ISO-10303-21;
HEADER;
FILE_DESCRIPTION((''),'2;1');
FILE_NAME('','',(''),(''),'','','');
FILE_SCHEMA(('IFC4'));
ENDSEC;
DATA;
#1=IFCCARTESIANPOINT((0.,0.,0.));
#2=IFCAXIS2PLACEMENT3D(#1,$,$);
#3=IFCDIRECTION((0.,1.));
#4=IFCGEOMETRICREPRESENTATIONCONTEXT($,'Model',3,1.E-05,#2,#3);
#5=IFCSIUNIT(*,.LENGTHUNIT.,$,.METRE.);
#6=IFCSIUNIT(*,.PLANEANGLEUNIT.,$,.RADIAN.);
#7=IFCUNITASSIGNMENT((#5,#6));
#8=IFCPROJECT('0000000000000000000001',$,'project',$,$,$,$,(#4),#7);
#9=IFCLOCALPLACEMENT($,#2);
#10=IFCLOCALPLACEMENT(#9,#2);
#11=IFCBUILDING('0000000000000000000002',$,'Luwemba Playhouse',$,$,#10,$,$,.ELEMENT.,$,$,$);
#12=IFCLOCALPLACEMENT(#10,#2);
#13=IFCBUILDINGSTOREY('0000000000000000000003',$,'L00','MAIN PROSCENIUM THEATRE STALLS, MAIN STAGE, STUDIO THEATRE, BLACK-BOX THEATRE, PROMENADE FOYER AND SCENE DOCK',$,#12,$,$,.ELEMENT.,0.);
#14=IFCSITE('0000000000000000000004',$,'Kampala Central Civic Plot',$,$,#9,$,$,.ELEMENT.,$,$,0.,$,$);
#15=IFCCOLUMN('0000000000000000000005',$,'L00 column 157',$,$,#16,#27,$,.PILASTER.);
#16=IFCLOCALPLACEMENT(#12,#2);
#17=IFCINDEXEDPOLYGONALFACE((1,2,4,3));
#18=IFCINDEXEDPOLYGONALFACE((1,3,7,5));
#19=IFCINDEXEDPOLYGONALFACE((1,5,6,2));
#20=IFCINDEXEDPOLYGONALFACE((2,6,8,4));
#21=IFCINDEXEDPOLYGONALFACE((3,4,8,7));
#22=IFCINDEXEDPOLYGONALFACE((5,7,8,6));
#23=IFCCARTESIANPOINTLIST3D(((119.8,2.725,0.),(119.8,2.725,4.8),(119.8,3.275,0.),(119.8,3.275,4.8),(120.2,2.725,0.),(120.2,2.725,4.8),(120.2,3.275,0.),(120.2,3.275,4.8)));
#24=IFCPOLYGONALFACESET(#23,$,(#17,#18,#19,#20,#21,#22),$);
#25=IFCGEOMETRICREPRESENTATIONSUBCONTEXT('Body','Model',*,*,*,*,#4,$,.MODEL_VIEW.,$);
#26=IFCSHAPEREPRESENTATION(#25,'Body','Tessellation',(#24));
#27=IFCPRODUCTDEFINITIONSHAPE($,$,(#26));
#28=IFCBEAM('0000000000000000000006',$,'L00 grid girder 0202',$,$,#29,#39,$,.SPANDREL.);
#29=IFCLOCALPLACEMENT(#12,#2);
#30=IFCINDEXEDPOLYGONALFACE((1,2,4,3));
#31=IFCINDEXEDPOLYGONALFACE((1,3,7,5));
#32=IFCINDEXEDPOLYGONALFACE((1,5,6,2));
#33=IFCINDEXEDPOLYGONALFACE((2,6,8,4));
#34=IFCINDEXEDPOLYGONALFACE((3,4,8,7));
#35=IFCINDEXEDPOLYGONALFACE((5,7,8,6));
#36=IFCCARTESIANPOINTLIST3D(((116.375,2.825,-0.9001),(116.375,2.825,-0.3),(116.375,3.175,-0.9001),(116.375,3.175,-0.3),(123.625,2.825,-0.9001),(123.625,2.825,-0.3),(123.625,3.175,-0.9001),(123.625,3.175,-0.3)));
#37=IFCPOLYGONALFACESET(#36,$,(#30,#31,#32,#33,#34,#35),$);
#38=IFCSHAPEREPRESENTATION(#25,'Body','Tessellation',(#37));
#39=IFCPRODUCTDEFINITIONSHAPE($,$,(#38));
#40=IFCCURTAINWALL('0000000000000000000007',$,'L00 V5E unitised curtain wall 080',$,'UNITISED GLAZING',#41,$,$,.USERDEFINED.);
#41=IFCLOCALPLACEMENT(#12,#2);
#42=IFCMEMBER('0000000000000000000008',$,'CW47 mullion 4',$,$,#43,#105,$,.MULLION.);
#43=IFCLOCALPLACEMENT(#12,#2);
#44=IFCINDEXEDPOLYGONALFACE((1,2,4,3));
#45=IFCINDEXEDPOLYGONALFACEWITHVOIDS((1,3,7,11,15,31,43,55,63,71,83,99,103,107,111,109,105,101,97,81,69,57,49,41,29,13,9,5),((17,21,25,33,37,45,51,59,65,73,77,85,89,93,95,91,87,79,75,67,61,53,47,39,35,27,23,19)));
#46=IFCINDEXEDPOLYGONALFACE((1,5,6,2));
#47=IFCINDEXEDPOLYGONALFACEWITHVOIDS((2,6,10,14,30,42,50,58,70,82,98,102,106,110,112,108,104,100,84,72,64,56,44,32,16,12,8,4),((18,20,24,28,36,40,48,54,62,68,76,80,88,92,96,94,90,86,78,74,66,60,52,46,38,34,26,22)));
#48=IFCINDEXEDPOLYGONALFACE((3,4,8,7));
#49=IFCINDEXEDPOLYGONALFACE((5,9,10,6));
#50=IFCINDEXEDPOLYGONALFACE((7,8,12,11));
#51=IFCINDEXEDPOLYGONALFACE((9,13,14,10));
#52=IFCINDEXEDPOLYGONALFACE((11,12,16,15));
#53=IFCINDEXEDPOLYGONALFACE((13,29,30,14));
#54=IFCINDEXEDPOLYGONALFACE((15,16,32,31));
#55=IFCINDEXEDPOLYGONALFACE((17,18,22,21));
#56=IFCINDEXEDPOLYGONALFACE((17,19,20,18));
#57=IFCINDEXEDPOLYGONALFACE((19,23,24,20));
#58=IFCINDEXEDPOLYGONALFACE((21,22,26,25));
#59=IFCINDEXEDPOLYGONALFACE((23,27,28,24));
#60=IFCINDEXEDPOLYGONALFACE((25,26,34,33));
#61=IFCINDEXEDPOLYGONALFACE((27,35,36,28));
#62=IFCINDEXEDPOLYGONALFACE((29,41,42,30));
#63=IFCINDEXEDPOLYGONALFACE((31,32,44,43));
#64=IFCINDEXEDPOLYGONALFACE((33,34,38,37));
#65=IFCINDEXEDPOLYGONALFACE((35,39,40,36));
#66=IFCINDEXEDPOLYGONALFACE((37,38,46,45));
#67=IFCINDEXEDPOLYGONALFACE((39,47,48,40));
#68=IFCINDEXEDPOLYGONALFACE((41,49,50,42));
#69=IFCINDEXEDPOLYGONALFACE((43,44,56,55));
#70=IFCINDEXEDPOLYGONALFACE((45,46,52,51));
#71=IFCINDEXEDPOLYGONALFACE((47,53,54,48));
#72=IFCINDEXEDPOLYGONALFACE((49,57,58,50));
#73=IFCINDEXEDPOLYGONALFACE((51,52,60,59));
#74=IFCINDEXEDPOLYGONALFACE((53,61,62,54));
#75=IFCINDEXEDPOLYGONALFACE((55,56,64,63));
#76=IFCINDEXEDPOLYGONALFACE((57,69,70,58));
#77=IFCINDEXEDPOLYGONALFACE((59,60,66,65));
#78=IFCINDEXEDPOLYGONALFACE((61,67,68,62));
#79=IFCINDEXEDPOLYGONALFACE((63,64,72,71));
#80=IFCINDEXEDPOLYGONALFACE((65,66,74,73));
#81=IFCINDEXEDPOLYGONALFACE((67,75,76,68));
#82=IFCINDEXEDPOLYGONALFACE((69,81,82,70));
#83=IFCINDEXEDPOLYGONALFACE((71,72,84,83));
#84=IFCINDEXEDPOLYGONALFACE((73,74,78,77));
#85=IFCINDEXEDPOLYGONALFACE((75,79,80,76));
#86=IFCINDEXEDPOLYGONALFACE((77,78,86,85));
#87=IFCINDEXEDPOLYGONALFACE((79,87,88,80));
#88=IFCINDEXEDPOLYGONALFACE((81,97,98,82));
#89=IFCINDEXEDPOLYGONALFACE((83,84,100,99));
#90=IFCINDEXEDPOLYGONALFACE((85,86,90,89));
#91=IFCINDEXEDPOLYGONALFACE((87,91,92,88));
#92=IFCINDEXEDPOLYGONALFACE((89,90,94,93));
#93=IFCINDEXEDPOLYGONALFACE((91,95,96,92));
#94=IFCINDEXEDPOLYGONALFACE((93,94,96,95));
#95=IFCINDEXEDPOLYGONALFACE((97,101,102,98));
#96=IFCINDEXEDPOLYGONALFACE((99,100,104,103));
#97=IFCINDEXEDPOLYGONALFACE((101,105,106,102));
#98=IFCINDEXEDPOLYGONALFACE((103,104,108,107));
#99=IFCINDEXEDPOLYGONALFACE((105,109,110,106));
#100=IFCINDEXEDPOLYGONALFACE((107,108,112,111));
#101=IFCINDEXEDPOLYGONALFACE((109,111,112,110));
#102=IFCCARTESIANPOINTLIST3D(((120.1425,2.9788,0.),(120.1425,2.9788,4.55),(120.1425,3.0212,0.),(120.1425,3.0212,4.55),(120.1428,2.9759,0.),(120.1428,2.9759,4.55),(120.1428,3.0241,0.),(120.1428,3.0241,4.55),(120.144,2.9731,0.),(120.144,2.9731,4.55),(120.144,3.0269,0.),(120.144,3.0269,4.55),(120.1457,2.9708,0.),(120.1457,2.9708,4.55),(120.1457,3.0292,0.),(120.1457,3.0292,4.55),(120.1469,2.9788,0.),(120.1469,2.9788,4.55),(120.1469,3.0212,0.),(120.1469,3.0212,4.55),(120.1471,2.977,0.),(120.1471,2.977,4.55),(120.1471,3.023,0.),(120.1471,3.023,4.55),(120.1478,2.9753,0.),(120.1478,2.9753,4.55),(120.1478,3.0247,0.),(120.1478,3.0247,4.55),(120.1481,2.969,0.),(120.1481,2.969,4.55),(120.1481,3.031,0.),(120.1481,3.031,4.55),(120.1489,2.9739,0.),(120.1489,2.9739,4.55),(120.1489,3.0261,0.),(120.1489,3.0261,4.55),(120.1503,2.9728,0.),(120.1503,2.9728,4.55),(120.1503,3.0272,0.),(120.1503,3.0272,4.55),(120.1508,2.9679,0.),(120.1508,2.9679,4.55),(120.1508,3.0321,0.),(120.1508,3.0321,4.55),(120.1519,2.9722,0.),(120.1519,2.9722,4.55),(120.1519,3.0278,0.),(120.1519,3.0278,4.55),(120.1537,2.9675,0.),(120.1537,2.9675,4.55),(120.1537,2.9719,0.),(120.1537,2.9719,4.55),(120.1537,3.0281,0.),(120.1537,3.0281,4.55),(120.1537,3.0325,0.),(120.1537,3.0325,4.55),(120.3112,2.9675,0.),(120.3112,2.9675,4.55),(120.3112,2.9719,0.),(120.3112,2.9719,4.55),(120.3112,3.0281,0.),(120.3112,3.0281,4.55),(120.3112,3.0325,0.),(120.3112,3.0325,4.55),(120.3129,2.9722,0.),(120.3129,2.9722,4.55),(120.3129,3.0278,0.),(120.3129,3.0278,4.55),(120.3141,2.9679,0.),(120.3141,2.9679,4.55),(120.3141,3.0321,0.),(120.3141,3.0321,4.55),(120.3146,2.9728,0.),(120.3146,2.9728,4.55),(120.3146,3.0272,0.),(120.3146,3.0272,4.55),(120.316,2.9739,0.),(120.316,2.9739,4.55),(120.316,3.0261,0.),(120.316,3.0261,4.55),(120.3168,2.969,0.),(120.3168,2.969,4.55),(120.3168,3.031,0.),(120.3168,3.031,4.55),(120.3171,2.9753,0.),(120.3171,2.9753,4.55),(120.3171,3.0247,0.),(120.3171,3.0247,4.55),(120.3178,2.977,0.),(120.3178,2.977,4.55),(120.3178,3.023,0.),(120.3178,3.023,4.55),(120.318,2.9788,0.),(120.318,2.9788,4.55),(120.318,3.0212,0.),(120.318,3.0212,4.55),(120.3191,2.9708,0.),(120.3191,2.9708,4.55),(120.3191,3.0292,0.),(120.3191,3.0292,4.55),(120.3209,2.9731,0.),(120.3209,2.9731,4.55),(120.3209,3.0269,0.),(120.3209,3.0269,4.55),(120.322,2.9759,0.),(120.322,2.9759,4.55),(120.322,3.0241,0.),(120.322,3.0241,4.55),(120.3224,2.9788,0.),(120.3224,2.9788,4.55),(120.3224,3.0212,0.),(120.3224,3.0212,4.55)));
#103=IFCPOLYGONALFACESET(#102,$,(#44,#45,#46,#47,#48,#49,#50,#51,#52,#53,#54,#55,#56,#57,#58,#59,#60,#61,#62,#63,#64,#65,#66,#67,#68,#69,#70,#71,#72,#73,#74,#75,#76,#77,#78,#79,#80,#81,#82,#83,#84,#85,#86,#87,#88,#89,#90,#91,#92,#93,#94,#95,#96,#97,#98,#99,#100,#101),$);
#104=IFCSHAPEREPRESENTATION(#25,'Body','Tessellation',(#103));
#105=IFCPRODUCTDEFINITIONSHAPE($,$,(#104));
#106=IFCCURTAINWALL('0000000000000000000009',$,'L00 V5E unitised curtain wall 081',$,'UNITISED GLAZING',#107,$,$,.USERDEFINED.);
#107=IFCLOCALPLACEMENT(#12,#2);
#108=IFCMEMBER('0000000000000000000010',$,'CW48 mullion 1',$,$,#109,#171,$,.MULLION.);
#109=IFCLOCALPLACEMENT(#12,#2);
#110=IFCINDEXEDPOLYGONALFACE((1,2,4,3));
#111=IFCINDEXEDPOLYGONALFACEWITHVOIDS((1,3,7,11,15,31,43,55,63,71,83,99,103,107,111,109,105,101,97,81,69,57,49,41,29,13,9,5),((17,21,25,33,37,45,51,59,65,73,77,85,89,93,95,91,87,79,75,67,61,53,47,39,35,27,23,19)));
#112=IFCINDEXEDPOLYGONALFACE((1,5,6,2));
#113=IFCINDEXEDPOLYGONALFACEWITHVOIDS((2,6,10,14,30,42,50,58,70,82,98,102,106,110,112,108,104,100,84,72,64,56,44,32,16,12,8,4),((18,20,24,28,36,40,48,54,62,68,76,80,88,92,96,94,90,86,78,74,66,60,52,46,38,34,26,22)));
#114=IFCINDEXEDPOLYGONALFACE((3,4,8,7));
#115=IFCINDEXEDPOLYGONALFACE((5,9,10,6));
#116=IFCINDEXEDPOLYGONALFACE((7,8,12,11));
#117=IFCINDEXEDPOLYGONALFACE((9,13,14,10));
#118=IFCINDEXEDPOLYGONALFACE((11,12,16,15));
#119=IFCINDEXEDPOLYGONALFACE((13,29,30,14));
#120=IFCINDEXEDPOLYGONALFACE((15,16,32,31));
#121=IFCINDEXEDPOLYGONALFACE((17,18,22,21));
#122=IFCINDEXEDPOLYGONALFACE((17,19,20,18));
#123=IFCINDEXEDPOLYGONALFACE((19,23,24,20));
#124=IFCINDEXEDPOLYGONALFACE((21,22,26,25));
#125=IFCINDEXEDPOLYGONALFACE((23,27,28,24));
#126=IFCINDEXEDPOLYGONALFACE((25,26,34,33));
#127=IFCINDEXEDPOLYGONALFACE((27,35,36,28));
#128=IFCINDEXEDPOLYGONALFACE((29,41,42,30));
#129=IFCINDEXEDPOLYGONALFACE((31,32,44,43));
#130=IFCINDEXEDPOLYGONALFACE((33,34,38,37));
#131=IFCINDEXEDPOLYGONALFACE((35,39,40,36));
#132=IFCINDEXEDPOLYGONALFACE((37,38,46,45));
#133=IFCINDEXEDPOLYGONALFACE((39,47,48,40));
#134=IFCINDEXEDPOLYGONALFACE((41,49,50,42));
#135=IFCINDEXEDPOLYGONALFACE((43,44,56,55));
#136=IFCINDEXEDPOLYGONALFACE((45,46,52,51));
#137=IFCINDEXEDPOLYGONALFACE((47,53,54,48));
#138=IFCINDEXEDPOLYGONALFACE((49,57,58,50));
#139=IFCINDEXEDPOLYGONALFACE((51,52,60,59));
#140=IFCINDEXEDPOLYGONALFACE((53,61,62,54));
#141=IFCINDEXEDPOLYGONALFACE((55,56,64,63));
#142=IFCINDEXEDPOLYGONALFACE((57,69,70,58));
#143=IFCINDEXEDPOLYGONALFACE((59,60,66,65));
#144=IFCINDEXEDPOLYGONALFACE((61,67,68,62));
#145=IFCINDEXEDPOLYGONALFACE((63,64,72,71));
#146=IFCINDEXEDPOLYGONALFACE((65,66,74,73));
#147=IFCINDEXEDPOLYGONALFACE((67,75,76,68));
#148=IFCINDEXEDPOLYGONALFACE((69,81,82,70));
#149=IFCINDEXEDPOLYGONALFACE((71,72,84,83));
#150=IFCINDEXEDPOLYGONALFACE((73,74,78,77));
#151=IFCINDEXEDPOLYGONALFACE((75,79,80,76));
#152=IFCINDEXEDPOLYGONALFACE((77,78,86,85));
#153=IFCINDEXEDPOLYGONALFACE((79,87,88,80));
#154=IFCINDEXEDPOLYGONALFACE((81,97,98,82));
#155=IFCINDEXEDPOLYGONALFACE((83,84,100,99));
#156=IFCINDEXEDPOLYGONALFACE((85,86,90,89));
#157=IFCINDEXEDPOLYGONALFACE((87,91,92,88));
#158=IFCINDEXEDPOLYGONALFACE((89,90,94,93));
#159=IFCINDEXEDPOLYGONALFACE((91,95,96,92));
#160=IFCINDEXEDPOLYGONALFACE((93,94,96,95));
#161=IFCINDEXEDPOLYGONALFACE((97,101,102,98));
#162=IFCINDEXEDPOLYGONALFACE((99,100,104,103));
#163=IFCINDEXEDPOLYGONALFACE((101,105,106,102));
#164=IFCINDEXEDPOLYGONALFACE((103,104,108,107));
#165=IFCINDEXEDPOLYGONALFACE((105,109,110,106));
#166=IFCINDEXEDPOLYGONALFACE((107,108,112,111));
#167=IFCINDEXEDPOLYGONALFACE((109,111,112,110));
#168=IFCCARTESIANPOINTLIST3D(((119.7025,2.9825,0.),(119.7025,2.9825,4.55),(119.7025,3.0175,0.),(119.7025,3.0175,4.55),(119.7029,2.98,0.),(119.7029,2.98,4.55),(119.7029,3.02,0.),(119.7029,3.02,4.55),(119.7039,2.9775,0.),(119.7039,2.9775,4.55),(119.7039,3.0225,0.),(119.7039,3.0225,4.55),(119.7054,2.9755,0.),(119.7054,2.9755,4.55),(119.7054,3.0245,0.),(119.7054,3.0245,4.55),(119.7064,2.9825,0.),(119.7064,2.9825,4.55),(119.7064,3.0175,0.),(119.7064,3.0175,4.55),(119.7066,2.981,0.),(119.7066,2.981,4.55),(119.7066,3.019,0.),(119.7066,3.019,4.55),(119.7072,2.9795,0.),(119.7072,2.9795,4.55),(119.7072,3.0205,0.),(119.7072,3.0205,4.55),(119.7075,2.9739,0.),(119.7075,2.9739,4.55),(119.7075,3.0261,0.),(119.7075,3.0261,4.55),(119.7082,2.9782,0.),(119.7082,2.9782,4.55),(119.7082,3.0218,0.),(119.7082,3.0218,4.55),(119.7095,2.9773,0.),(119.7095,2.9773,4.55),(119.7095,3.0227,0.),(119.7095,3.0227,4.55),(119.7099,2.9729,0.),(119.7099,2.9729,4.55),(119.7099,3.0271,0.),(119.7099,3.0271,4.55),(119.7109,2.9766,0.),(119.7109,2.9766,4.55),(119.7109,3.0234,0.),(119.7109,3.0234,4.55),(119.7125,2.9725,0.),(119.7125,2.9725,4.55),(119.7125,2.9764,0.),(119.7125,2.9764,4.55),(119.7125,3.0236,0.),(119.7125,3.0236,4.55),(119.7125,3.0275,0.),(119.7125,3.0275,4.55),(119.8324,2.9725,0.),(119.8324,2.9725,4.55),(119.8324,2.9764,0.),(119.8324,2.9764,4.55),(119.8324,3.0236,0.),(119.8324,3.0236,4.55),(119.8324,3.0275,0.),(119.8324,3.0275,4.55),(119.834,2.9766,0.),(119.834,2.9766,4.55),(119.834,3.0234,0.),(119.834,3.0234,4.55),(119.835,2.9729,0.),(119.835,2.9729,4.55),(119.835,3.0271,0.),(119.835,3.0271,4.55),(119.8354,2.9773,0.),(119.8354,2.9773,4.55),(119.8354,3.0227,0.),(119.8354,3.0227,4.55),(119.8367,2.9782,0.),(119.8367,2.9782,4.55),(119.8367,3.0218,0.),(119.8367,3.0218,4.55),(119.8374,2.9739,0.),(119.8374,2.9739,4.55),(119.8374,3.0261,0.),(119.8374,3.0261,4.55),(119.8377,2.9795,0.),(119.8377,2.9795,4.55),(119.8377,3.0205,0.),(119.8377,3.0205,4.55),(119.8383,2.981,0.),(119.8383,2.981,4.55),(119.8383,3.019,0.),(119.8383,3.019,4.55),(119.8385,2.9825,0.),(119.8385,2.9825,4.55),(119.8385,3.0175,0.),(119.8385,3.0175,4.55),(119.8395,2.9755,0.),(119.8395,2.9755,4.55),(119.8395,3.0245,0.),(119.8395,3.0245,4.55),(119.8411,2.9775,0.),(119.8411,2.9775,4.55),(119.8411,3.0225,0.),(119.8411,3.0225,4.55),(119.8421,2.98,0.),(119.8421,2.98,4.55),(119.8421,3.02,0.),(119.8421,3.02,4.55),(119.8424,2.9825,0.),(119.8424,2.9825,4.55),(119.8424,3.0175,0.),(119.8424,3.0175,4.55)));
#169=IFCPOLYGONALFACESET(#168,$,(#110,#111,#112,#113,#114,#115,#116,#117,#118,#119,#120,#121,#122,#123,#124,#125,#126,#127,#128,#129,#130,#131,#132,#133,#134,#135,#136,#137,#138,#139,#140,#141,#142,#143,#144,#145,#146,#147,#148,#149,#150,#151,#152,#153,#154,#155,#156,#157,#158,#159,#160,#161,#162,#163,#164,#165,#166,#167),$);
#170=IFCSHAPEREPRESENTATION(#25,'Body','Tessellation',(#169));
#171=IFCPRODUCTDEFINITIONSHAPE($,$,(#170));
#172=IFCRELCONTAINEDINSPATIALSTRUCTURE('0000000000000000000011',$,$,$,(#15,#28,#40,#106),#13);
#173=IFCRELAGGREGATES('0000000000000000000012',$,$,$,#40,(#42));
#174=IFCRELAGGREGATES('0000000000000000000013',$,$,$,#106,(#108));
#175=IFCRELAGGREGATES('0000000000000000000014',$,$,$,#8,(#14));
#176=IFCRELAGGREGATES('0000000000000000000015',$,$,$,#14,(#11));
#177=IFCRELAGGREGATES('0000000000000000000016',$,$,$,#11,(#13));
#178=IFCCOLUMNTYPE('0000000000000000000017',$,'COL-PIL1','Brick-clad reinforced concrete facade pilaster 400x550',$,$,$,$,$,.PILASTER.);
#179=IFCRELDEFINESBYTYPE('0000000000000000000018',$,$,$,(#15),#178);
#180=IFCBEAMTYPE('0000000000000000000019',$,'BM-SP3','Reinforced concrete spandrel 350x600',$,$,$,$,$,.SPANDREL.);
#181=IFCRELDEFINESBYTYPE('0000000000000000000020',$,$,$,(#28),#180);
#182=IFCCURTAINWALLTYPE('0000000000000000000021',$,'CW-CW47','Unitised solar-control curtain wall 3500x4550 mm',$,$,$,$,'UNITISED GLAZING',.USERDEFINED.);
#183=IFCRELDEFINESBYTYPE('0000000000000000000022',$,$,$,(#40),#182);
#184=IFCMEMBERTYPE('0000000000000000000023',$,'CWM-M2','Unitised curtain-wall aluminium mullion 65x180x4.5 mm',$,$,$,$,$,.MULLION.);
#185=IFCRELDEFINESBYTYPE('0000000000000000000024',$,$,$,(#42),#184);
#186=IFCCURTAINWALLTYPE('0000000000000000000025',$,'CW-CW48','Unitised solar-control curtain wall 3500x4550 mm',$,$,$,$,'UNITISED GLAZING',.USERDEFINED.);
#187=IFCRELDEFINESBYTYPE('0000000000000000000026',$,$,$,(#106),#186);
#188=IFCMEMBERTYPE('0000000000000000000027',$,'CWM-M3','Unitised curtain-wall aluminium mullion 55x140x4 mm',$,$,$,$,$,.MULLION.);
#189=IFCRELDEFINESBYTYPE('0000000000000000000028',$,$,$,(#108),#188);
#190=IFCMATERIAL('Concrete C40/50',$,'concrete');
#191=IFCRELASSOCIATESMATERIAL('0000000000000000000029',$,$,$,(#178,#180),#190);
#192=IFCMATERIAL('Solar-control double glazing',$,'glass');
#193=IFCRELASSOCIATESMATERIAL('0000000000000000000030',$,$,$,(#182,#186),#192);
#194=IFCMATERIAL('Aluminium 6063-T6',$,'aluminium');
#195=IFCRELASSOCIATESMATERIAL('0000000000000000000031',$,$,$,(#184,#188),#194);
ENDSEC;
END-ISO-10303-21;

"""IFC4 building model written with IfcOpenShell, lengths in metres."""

from ifc_helpers import new_model, si_unit, direction, frame, origin, origin_2d, place, context, subcontext, project, spatial, rectangle, hollow_rectangle, extrude, material, material_profile, profile_set, type_object, element, aggregate, save


model = new_model("IFC4")

# Units and contexts
model_context = context("Model", 3, precision=1e-05, world=origin(), true_north=direction((0.0, 1.0)))
body_context = subcontext(model_context, "Body", "Model", "MODEL_VIEW")
ifc_project = project(units=[si_unit("LENGTHUNIT", "METRE"), si_unit("PLANEANGLEUNIT", "RADIAN")], contexts=[model_context])

# Site, building, storey
site_placement = place(None, origin())
site = spatial("IfcSite", under=ifc_project, at=site_placement, Name="Kampala Central Civic Plot", CompositionType="ELEMENT", RefElevation=0.0)
building_placement = place(site_placement, origin())
building = spatial("IfcBuilding", under=site, at=building_placement, Name="Luwemba Playhouse", CompositionType="ELEMENT")
storey_placement = place(building_placement, origin())
storey = spatial("IfcBuildingStorey", under=building, at=storey_placement, Name="L00", Description="MAIN PROSCENIUM THEATRE STALLS, MAIN STAGE, STUDIO THEATRE, BLACK-BOX THEATRE, PROMENADE FOYER AND SCENE DOCK", CompositionType="ELEMENT", Elevation=0.0)

# Column
ifc_material_1 = material(Name="Concrete C40/50", Category="concrete")
ifc_material_profile_1 = material_profile(ifc_material_1, rectangle(XDim=0.3999, YDim=0.55, at=origin_2d()))
ifc_profile_set_1 = profile_set([ifc_material_profile_1], Name="Concrete C40/50")
column_type = type_object("IfcColumnType", Name="COL-PIL1", Description="Brick-clad reinforced concrete facade pilaster 400x550", PredefinedType="PILASTER", material=ifc_profile_set_1)
column_placement = place(storey_placement, frame((120.0, 3.0, 0.0), z_axis=(0.0, 0.0, 1.0), x_axis=(1.0, 0.0, 0.0)))
element("IfcColumn", 1, at=column_placement, inside=storey, type_object=column_type, Name="L00 column 157", PredefinedType="PILASTER", context=body_context, shape_type="SweptSolid", body=[
    extrude(rectangle(XDim=0.3999, YDim=0.55, at=origin_2d()), origin(), (0.0, 0.0, 1.0), 4.8),
])

# Beam
ifc_material_profile_2 = material_profile(ifc_material_1, rectangle(XDim=0.3501, YDim=0.6001, at=origin_2d()))
ifc_profile_set_2 = profile_set([ifc_material_profile_2], Name="Concrete C40/50")
beam_type = type_object("IfcBeamType", Name="BM-SP3", Description="Reinforced concrete spandrel 350x600", PredefinedType="SPANDREL", material=ifc_profile_set_2)
beam_placement = place(storey_placement, frame((116.375, 3.0, -0.6001), z_axis=(1.0, 0.0, 0.0), x_axis=(0.0, 1.0, 0.0)))
element("IfcBeam", 2, at=beam_placement, inside=storey, type_object=beam_type, Name="L00 grid girder 0202", PredefinedType="SPANDREL", context=body_context, shape_type="SweptSolid", body=[
    extrude(rectangle(XDim=0.3501, YDim=0.6001, at=origin_2d()), origin(), (0.0, 0.0, 1.0), 7.25),
])

# Curtain wall, member
ifc_material_2 = material(Name="Solar-control double glazing", Category="glass")
curtain_wall_type_1 = type_object("IfcCurtainWallType", Name="CW-CW47", Description="Unitised solar-control curtain wall 3500x4550 mm", ElementType="UNITISED GLAZING", PredefinedType="USERDEFINED", material=ifc_material_2)
curtain_wall_1_placement = place(storey_placement, origin())
curtain_wall_1 = element("IfcCurtainWall", 3, at=curtain_wall_1_placement, inside=storey, type_object=curtain_wall_type_1, Name="L00 V5E unitised curtain wall 080", ObjectType="UNITISED GLAZING", PredefinedType="USERDEFINED")
ifc_material_3 = material(Name="Aluminium 6063-T6", Category="aluminium")
ifc_material_profile_3 = material_profile(ifc_material_3, hollow_rectangle(XDim=0.0649, YDim=0.1799, WallThickness=0.0044, InnerFilletRadius=0.0068, OuterFilletRadius=0.0112, at=origin_2d()))
ifc_profile_set_3 = profile_set([ifc_material_profile_3], Name="Aluminium 6063-T6")
member_type_1 = type_object("IfcMemberType", Name="CWM-M2", Description="Unitised curtain-wall aluminium mullion 65x180x4.5 mm", PredefinedType="MULLION", material=ifc_profile_set_3)
member_1_placement = place(storey_placement, frame((120.2324, 3.0, 0.0), z_axis=(0.0, 0.0, 1.0), x_axis=(0.0, -1.0, 0.0)))
member_1 = element("IfcMember", 4, at=member_1_placement, type_object=member_type_1, Name="CW47 mullion 4", PredefinedType="MULLION", context=body_context, shape_type="SweptSolid", body=[
    extrude(hollow_rectangle(XDim=0.0649, YDim=0.1799, WallThickness=0.0044, InnerFilletRadius=0.0068, OuterFilletRadius=0.0112, at=origin_2d()), origin(), (0.0, 0.0, 1.0), 4.55),
])

# Curtain wall, member
curtain_wall_type_2 = type_object("IfcCurtainWallType", Name="CW-CW48", Description="Unitised solar-control curtain wall 3500x4550 mm", ElementType="UNITISED GLAZING", PredefinedType="USERDEFINED", material=ifc_material_2)
curtain_wall_2_placement = place(storey_placement, origin())
curtain_wall_2 = element("IfcCurtainWall", 5, at=curtain_wall_2_placement, inside=storey, type_object=curtain_wall_type_2, Name="L00 V5E unitised curtain wall 081", ObjectType="UNITISED GLAZING", PredefinedType="USERDEFINED")
ifc_material_profile_4 = material_profile(ifc_material_3, hollow_rectangle(XDim=0.0549, YDim=0.1399, WallThickness=0.0039, InnerFilletRadius=0.0061, OuterFilletRadius=0.01, at=origin_2d()))
ifc_profile_set_4 = profile_set([ifc_material_profile_4], Name="Aluminium 6063-T6")
member_type_2 = type_object("IfcMemberType", Name="CWM-M3", Description="Unitised curtain-wall aluminium mullion 55x140x4 mm", PredefinedType="MULLION", material=ifc_profile_set_4)
member_2_placement = place(storey_placement, frame((119.7725, 3.0, 0.0), z_axis=(0.0, 0.0, 1.0), x_axis=(0.0, -1.0, 0.0)))
member_2 = element("IfcMember", 6, at=member_2_placement, type_object=member_type_2, Name="CW48 mullion 1", PredefinedType="MULLION", context=body_context, shape_type="SweptSolid", body=[
    extrude(hollow_rectangle(XDim=0.0549, YDim=0.1399, WallThickness=0.0039, InnerFilletRadius=0.0061, OuterFilletRadius=0.01, at=origin_2d()), origin(), (0.0, 0.0, 1.0), 4.55),
])

aggregate(curtain_wall_1, [member_1])
aggregate(curtain_wall_2, [member_2])

save(model, "model.ifc")
